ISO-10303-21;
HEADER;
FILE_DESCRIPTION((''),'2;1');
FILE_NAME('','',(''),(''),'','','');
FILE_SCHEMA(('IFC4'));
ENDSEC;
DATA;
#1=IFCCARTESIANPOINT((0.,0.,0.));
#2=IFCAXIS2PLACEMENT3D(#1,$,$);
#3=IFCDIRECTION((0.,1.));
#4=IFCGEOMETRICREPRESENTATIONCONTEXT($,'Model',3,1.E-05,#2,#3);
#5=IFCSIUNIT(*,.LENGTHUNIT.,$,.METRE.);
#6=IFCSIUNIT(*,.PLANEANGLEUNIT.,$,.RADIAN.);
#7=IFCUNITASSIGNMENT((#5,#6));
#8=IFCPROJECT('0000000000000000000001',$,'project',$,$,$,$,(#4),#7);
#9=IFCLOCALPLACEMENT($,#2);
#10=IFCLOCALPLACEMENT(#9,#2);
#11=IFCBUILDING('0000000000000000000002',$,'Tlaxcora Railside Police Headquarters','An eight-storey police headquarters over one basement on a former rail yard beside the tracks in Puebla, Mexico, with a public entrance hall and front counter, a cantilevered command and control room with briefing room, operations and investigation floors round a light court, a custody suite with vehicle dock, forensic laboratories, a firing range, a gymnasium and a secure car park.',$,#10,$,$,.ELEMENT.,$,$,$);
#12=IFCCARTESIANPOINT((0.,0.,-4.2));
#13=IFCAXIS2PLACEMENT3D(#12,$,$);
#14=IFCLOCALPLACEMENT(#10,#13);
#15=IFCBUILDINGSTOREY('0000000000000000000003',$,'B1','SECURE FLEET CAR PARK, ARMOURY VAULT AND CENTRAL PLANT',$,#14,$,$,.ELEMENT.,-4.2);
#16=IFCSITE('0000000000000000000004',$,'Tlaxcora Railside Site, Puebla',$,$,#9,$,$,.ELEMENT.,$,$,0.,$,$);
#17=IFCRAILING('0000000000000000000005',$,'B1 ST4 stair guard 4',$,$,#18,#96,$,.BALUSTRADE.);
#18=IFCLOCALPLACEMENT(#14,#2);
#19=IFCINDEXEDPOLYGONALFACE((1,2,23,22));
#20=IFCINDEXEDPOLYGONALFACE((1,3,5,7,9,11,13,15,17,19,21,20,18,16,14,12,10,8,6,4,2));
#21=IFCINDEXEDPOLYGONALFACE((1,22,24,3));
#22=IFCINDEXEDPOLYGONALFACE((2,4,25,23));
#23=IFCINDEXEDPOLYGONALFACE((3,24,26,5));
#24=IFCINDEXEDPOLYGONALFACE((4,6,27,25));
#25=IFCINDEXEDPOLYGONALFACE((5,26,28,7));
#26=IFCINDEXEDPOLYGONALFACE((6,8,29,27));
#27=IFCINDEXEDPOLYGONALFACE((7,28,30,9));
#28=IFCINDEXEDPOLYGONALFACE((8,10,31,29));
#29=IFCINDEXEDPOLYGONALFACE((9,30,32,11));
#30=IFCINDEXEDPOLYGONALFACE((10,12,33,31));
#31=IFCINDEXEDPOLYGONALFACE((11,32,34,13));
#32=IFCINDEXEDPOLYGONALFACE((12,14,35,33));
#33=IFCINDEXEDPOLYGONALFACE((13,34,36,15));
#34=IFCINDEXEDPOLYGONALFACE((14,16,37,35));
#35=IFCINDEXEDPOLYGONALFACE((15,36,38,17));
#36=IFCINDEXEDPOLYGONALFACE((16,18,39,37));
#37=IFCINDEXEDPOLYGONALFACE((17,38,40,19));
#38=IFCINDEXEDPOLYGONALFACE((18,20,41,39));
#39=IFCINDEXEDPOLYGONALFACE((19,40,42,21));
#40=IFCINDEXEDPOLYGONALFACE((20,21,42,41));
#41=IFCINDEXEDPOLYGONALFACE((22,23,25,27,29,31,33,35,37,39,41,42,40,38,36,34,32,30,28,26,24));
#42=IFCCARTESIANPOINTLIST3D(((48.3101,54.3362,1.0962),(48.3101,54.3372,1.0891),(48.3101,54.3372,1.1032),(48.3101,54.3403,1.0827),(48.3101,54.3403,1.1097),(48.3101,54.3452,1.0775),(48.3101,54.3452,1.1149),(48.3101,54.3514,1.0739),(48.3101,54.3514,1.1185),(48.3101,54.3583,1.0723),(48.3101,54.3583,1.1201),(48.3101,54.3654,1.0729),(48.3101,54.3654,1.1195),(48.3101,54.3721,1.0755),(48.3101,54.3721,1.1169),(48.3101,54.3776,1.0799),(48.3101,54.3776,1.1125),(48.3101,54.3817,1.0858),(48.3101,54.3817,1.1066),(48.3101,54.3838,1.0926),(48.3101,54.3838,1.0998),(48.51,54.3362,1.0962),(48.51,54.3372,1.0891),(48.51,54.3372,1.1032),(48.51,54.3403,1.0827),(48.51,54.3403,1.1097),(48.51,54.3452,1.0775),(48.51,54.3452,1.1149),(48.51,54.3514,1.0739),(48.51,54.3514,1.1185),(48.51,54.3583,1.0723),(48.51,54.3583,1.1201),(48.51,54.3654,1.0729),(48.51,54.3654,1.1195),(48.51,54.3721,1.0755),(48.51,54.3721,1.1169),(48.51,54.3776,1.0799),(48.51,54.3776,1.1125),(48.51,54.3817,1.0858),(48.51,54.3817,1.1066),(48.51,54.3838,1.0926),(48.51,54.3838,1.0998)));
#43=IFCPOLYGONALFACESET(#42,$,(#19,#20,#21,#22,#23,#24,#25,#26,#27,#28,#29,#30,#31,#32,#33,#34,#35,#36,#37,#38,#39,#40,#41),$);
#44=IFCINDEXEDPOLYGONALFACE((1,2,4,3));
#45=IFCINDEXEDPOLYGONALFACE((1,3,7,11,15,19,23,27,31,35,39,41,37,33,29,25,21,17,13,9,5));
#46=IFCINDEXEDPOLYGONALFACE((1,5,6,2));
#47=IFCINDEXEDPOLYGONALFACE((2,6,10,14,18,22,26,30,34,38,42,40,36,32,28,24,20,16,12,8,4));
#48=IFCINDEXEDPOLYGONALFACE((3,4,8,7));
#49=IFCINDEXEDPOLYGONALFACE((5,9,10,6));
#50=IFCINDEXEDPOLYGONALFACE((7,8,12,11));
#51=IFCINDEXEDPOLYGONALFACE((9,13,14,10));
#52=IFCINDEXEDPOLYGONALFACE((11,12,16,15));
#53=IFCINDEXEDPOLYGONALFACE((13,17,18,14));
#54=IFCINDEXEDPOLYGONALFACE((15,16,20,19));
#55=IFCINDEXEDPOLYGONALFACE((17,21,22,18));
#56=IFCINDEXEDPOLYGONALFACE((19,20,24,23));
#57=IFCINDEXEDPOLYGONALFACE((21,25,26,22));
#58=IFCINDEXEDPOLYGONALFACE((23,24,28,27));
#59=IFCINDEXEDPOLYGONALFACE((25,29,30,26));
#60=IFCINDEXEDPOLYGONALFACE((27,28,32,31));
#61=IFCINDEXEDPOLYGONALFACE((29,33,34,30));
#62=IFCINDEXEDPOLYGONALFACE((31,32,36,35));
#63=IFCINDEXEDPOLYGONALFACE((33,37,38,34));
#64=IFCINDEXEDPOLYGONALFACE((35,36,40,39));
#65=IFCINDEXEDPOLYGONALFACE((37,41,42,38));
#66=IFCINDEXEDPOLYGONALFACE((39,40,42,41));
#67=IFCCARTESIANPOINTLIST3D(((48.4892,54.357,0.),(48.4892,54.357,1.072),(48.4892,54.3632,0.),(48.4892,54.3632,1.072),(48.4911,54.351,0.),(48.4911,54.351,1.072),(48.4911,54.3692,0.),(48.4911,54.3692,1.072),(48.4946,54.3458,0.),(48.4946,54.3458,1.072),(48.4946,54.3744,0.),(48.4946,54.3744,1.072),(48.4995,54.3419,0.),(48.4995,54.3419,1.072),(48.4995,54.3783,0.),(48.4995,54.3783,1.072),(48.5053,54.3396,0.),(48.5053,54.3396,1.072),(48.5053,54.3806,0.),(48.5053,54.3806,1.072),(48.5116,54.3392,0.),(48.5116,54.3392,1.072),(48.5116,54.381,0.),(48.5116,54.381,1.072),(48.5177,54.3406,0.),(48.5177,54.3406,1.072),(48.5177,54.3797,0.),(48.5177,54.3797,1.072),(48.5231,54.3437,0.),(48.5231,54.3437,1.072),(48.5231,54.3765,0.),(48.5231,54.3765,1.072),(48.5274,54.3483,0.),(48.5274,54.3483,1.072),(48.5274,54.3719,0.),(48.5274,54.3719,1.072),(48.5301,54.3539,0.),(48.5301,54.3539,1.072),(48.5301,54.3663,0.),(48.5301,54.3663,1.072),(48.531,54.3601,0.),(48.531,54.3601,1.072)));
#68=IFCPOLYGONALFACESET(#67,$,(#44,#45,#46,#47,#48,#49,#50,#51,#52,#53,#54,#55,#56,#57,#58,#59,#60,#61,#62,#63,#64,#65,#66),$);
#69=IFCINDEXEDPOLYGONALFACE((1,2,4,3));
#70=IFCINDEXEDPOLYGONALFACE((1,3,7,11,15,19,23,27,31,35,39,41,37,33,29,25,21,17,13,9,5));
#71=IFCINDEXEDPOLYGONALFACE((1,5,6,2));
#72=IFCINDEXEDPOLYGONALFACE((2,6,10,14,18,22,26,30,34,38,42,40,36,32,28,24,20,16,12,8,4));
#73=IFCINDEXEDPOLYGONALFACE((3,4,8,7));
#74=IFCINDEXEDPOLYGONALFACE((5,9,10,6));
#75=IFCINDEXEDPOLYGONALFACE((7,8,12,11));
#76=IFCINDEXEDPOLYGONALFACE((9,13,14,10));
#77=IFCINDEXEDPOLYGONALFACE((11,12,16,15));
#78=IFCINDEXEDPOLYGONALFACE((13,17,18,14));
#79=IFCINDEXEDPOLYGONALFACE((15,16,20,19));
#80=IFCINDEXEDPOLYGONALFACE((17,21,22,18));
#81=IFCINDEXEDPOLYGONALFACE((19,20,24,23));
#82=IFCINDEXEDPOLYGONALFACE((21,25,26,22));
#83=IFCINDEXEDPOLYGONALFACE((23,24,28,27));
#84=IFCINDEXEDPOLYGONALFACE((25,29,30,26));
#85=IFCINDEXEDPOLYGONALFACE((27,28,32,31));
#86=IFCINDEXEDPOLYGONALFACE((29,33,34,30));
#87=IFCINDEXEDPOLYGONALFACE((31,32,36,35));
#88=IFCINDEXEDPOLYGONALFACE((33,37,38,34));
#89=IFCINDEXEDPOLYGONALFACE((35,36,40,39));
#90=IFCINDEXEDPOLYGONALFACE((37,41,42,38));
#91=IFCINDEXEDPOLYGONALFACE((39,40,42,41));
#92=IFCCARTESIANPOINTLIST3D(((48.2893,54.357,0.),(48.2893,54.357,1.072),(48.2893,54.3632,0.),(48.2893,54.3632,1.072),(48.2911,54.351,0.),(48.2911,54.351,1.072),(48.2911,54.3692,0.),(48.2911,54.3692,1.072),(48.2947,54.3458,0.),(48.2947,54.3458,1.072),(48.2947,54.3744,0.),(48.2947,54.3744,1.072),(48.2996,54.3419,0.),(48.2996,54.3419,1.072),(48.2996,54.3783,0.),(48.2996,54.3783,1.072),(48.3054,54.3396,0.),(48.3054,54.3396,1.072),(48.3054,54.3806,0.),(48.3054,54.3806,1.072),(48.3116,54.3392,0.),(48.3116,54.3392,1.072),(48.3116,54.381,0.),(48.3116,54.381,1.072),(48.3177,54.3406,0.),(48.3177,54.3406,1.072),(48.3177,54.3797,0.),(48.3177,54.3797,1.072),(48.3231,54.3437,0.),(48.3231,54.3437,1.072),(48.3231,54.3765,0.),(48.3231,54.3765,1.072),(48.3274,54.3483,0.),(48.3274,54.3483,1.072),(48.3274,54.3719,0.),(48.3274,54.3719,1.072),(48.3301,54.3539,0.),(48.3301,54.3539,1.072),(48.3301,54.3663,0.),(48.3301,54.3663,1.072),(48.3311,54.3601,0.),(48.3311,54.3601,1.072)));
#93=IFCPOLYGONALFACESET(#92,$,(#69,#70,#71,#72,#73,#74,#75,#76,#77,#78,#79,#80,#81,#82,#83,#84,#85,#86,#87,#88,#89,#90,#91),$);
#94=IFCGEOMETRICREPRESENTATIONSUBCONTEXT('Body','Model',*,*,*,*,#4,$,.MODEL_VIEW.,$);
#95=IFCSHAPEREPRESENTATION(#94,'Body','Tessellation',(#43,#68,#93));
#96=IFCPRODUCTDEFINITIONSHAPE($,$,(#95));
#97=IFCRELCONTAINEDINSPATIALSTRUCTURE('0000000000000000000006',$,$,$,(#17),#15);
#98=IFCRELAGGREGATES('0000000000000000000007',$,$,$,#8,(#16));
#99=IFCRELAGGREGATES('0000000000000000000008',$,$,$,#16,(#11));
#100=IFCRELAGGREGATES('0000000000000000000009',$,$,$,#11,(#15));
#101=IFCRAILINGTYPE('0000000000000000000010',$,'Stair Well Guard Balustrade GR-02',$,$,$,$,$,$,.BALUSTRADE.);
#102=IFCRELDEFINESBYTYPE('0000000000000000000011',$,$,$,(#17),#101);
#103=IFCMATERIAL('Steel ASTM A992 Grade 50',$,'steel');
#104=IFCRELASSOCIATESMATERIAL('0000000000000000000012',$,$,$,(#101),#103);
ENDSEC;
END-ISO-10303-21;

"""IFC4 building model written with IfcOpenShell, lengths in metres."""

from ifc_helpers import new_model, si_unit, direction, frame, origin, origin_2d, place, context, subcontext, project, spatial, circle, extrude, material, type_object, element, save


model = new_model("IFC4")

# Units and contexts
model_context = context("Model", 3, precision=1e-05, world=origin(), true_north=direction((0.0, 1.0)))
body_context = subcontext(model_context, "Body", "Model", "MODEL_VIEW")
ifc_project = project(units=[si_unit("LENGTHUNIT", "METRE"), si_unit("PLANEANGLEUNIT", "RADIAN")], contexts=[model_context])

# Site, building, storey
site_placement = place(None, origin())
site = spatial("IfcSite", under=ifc_project, at=site_placement, Name="Tlaxcora Railside Site, Puebla", CompositionType="ELEMENT", RefElevation=0.0)
building_placement = place(site_placement, origin())
building = spatial("IfcBuilding", under=site, at=building_placement, Name="Tlaxcora Railside Police Headquarters", Description="An eight-storey police headquarters over one basement on a former rail yard beside the tracks in Puebla, Mexico, with a public entrance hall and front counter, a cantilevered command and control room with briefing room, operations and investigation floors round a light court, a custody suite with vehicle dock, forensic laboratories, a firing range, a gymnasium and a secure car park.", CompositionType="ELEMENT")
storey_placement = place(building_placement, frame((0.0, 0.0, -4.2)))
storey = spatial("IfcBuildingStorey", under=building, at=storey_placement, Name="B1", Description="SECURE FLEET CAR PARK, ARMOURY VAULT AND CENTRAL PLANT", CompositionType="ELEMENT", Elevation=-4.2)

# Shared definitions
ifc_material_1 = material(Name="Steel ASTM A992 Grade 50", Category="steel")

# Railing
railing_type = type_object("IfcRailingType", Name="Stair Well Guard Balustrade GR-02", PredefinedType="BALUSTRADE", material=ifc_material_1)
railing_1_placement = place(storey_placement, frame((48.51, 54.3601, 0.0)))
element("IfcRailing", 1, at=railing_1_placement, inside=storey, type_object=railing_type, Name="B1 ST4 stair guard 4", PredefinedType="BALUSTRADE", context=body_context, shape_type="SweptSolid", body=[
    extrude(circle(Radius=0.0239, at=origin_2d()), frame((0.0, 0.0, 1.0962), z_axis=(-1.0, 0.0, 0.0), x_axis=(0.0, -1.0, 0.0)), (0.0, 0.0, 1.0), 0.2),
    extrude(circle(Radius=0.021, at=origin_2d()), origin(), (0.0, 0.0, 1.0), 1.072),
    extrude(circle(Radius=0.021, at=origin_2d()), frame((-0.2, 0.0, 0.0)), (0.0, 0.0, 1.0), 1.072),
])

save(model, "model.ifc")
